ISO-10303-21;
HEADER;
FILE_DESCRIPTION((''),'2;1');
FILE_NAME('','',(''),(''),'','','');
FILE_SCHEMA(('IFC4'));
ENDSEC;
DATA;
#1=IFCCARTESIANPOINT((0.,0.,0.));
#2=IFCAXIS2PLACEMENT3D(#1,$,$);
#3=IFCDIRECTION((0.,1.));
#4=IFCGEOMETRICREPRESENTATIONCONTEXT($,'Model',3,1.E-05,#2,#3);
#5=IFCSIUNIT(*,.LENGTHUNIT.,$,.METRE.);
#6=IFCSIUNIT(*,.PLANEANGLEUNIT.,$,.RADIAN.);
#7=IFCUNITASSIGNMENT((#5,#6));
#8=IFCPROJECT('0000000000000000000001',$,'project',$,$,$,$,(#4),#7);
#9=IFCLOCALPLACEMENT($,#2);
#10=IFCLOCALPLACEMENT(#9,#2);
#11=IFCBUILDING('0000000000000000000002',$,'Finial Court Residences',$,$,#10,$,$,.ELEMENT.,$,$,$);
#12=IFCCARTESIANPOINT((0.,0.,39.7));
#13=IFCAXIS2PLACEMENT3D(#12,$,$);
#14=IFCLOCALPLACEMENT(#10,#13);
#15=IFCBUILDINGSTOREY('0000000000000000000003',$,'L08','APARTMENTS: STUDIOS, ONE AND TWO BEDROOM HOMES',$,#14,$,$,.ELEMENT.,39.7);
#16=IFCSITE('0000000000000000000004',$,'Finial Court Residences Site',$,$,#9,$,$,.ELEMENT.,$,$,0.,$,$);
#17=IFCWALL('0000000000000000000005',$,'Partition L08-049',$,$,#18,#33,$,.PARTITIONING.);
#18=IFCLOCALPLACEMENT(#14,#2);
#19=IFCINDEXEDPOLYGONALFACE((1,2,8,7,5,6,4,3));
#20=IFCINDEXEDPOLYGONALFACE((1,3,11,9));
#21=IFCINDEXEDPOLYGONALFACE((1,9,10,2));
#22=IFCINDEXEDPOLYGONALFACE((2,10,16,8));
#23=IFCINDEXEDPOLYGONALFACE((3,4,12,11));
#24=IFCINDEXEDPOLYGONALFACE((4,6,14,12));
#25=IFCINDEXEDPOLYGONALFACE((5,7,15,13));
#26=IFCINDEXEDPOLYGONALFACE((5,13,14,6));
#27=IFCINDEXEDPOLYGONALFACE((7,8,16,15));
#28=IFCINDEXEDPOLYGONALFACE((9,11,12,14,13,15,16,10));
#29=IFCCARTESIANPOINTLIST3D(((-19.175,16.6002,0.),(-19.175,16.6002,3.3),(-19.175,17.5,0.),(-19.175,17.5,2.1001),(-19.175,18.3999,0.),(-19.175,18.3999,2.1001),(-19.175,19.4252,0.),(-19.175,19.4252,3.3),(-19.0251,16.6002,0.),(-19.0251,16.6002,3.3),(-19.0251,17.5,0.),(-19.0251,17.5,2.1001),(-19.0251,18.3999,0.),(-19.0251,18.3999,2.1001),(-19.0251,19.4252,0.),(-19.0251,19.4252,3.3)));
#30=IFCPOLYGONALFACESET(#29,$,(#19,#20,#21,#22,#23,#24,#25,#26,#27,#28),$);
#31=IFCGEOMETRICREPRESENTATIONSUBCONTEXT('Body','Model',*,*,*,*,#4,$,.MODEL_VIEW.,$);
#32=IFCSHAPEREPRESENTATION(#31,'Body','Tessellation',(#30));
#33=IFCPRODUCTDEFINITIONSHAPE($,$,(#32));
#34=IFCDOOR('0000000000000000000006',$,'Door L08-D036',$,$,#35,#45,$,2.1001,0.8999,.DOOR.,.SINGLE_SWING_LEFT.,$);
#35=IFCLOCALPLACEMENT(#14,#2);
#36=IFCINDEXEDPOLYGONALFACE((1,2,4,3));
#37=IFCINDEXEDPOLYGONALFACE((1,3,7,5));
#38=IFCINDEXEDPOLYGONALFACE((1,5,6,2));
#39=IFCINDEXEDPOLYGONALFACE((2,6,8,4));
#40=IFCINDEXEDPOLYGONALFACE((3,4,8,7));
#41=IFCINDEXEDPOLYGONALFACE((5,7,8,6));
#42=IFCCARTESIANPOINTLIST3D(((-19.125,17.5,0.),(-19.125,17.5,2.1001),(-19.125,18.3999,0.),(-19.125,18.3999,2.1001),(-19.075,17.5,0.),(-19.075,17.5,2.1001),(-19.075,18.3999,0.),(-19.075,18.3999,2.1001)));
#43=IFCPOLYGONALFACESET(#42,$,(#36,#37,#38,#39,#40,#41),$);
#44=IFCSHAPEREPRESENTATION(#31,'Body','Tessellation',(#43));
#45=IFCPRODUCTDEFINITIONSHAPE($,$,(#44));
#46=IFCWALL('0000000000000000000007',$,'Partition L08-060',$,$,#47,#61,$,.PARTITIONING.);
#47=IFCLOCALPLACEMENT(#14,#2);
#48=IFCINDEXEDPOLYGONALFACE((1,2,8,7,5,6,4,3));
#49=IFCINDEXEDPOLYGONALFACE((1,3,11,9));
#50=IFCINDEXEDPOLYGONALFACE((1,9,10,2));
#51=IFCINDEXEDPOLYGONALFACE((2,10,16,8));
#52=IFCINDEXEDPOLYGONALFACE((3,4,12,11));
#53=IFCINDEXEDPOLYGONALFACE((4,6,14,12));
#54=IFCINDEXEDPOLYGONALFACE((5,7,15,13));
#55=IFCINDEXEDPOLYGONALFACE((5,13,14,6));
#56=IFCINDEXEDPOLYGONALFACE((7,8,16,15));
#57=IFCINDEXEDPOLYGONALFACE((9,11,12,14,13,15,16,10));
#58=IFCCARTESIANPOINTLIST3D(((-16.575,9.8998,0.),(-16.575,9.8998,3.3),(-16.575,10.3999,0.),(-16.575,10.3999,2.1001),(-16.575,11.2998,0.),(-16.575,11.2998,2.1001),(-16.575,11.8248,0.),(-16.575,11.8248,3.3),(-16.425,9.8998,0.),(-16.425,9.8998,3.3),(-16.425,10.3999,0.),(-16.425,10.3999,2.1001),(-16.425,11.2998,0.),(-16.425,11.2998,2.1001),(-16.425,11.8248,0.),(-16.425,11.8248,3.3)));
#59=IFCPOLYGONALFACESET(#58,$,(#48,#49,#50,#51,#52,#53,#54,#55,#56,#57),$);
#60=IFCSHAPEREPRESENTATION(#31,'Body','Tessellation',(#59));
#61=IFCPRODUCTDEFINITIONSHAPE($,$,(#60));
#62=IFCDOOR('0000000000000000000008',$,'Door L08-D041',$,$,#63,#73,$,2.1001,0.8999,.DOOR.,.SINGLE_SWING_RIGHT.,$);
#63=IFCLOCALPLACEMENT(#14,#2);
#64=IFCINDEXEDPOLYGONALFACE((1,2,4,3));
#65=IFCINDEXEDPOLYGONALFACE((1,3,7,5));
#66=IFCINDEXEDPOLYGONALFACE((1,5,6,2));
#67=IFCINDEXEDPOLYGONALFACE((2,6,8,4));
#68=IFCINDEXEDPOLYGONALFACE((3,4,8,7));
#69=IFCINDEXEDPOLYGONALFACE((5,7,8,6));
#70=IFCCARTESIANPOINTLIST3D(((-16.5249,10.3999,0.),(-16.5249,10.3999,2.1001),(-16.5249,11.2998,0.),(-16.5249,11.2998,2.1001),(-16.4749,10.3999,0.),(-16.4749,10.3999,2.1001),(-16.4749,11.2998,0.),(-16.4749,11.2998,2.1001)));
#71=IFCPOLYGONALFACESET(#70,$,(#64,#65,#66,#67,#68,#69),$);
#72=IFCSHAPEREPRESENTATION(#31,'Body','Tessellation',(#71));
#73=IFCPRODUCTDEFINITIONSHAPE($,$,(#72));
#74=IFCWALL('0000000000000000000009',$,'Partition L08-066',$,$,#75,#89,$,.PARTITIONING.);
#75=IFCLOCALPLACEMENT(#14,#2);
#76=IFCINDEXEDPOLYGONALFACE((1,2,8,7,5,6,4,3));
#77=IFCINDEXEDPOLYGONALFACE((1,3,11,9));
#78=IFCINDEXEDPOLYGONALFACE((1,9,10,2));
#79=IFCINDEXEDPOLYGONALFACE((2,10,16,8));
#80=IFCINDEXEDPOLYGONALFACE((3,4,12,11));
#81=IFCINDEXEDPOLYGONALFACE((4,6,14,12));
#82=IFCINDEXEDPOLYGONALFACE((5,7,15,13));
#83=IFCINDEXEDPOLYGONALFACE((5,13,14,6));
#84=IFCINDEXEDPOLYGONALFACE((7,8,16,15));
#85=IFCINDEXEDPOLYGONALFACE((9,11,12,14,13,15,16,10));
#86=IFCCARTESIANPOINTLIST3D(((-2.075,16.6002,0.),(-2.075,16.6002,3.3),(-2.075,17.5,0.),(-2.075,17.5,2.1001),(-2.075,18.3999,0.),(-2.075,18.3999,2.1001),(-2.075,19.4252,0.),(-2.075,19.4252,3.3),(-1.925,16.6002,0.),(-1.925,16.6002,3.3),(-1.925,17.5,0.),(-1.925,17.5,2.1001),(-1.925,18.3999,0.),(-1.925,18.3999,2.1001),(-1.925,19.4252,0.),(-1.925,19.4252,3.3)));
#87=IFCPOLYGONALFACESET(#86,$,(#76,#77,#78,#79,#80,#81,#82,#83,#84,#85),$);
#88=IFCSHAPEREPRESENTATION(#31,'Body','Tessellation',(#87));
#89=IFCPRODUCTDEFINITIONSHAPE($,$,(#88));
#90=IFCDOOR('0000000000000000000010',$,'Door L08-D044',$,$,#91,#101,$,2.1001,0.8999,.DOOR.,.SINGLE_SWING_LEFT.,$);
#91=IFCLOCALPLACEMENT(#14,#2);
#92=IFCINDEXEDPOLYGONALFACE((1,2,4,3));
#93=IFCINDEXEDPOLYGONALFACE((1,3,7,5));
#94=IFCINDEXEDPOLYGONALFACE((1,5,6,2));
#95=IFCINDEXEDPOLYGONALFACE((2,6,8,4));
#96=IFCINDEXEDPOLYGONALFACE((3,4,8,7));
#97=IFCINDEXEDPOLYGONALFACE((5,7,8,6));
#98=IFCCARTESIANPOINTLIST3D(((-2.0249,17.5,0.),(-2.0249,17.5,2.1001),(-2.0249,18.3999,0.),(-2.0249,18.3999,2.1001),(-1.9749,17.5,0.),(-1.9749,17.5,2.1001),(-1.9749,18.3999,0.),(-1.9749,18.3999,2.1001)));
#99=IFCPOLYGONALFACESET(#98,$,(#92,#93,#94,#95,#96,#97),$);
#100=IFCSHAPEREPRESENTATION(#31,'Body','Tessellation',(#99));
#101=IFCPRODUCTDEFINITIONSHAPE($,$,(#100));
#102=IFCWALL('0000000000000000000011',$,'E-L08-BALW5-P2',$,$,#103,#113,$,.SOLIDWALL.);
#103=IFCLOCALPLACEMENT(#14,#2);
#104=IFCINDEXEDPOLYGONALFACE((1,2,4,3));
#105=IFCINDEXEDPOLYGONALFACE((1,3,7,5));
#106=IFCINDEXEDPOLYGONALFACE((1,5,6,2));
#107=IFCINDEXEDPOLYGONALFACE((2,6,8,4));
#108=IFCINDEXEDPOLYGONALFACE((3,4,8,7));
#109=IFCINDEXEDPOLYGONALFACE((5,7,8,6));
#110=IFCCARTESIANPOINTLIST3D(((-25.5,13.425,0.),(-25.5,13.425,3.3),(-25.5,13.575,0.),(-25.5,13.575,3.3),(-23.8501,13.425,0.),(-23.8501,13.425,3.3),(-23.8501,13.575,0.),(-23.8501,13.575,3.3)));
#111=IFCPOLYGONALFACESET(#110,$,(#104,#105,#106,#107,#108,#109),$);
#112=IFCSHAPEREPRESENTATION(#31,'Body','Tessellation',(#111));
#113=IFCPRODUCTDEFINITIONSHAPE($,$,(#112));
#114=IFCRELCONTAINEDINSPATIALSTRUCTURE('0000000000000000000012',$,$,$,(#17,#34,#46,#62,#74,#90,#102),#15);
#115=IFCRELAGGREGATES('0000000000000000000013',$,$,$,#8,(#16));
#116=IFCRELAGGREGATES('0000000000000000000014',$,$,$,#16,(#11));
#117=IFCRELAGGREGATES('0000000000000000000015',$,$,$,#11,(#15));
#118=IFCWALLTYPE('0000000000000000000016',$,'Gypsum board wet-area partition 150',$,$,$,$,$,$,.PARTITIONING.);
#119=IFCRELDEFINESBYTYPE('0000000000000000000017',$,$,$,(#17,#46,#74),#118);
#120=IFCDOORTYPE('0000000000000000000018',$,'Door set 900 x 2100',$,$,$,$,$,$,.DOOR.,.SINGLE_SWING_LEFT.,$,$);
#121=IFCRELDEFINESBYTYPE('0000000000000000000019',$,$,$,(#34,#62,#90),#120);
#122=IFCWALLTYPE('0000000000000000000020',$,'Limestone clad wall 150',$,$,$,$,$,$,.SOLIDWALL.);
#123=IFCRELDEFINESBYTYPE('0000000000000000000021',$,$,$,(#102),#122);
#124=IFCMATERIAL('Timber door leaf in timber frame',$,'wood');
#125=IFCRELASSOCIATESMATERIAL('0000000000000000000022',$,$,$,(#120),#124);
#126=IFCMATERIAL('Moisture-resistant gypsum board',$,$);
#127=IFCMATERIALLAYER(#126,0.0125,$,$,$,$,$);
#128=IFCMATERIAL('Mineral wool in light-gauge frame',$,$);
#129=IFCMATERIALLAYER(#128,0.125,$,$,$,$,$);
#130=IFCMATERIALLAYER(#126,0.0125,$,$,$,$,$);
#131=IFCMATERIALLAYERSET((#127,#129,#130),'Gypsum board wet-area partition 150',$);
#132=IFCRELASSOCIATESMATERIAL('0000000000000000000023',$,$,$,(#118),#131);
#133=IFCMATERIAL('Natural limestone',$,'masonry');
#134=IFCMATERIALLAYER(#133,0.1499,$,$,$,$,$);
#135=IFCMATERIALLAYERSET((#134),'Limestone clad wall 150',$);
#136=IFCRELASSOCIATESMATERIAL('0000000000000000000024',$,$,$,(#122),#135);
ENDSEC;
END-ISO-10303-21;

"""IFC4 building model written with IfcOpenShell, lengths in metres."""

from ifc_helpers import new_model, si_unit, direction, frame, frame_2d, origin, place, context, subcontext, project, spatial, rectangle, extrude, material, layer, layer_set, type_object, element, fill, save


model = new_model("IFC4")

# Units and contexts
model_context = context("Model", 3, precision=1e-05, world=origin(), true_north=direction((0.0, 1.0)))
body_context = subcontext(model_context, "Body", "Model", "MODEL_VIEW")
ifc_project = project(units=[si_unit("LENGTHUNIT", "METRE"), si_unit("PLANEANGLEUNIT", "RADIAN")], contexts=[model_context])

# Site, building, storey
site_placement = place(None, origin())
site = spatial("IfcSite", under=ifc_project, at=site_placement, Name="Finial Court Residences Site", CompositionType="ELEMENT", RefElevation=0.0)
building_placement = place(site_placement, origin())
building = spatial("IfcBuilding", under=site, at=building_placement, Name="Finial Court Residences", CompositionType="ELEMENT")
storey_placement = place(building_placement, frame((0.0, 0.0, 39.7)))
storey = spatial("IfcBuildingStorey", under=building, at=storey_placement, Name="L08", Description="APARTMENTS: STUDIOS, ONE AND TWO BEDROOM HOMES", CompositionType="ELEMENT", Elevation=39.7)

# Shared definitions
ifc_material_1 = material(Name="Mineral wool in light-gauge frame")
ifc_material_2 = material(Name="Timber door leaf in timber frame", Category="wood")
door_type = type_object("IfcDoorType", Name="Door set 900 x 2100", OperationType="SINGLE_SWING_LEFT", PredefinedType="DOOR", material=ifc_material_2)

# Shared definitions
ifc_material_3 = material(Name="Moisture-resistant gypsum board")
ifc_layer_1 = layer(ifc_material_3, 0.0125)
ifc_layer_2 = layer(ifc_material_1, 0.125)
ifc_layer_3 = layer(ifc_material_3, 0.0125)
ifc_layer_set_1 = layer_set([ifc_layer_1, ifc_layer_2, ifc_layer_3], Name="Gypsum board wet-area partition 150")
wall_type_1 = type_object("IfcWallType", Name="Gypsum board wet-area partition 150", PredefinedType="PARTITIONING", material=ifc_layer_set_1)

# Walls, openings, doors
wall_1_placement = place(storey_placement, frame((-19.1001, 16.6001, 0.0), z_axis=(0.0, 0.0, 1.0), x_axis=(0.0, 1.0, 0.0)))
wall_1 = element("IfcWall", 1, at=wall_1_placement, inside=storey, type_object=wall_type_1, Name="Partition L08-049", PredefinedType="PARTITIONING", context=body_context, shape_type="SweptSolid", body=[
    extrude(rectangle(XDim=2.825, YDim=0.1499, at=frame_2d((1.4126, 0.0))), origin(), (0.0, 0.0, 1.0), 3.3),
])
opening_1_placement = place(wall_1_placement, frame((0.8999, 0.0, 0.0)))
opening_1 = element("IfcOpeningElement", 2, at=opening_1_placement, cuts=wall_1, PredefinedType="OPENING", context=body_context, shape_type="SweptSolid", body=[
    extrude(rectangle(XDim=0.8999, YDim=2.1001, at=frame_2d((0.45, 1.05))), frame((0.0, 0.085, 0.0), z_axis=(0.0, -1.0, 0.0), x_axis=(1.0, 0.0, 0.0)), (0.0, 0.0, 1.0), 0.1699),
])
door_1_placement = place(opening_1_placement, origin())
door_1 = element("IfcDoor", 3, at=door_1_placement, inside=storey, type_object=door_type, Name="Door L08-D036", OperationType="SINGLE_SWING_LEFT", OverallHeight=2.1001, OverallWidth=0.8999, PredefinedType="DOOR", context=body_context, shape_type="SweptSolid", body=[
    extrude(rectangle(XDim=0.8999, YDim=2.1001, at=frame_2d((0.45, 1.05))), frame((0.0, 0.0249, 0.0), z_axis=(0.0, -1.0, 0.0), x_axis=(1.0, 0.0, 0.0)), (0.0, 0.0, 1.0), 0.05),
])
fill(opening_1, door_1)
wall_2_placement = place(storey_placement, frame((-16.5, 9.8999, 0.0), z_axis=(0.0, 0.0, 1.0), x_axis=(0.0, 1.0, 0.0)))
wall_2 = element("IfcWall", 4, at=wall_2_placement, inside=storey, type_object=wall_type_1, Name="Partition L08-060", PredefinedType="PARTITIONING", context=body_context, shape_type="SweptSolid", body=[
    extrude(rectangle(XDim=1.925, YDim=0.1499, at=frame_2d((0.9624, 0.0))), origin(), (0.0, 0.0, 1.0), 3.3),
])
opening_2_placement = place(wall_2_placement, frame((0.5, 0.0, 0.0)))
opening_2 = element("IfcOpeningElement", 5, at=opening_2_placement, cuts=wall_2, PredefinedType="OPENING", context=body_context, shape_type="SweptSolid", body=[
    extrude(rectangle(XDim=0.8999, YDim=2.1001, at=frame_2d((0.45, 1.05))), frame((0.0, 0.085, 0.0), z_axis=(0.0, -1.0, 0.0), x_axis=(1.0, 0.0, 0.0)), (0.0, 0.0, 1.0), 0.1699),
])
door_2_placement = place(opening_2_placement, origin())
door_2 = element("IfcDoor", 6, at=door_2_placement, inside=storey, type_object=door_type, Name="Door L08-D041", OperationType="SINGLE_SWING_RIGHT", OverallHeight=2.1001, OverallWidth=0.8999, PredefinedType="DOOR", context=body_context, shape_type="SweptSolid", body=[
    extrude(rectangle(XDim=0.8999, YDim=2.1001, at=frame_2d((0.45, 1.05))), frame((0.0, 0.0249, 0.0), z_axis=(0.0, -1.0, 0.0), x_axis=(1.0, 0.0, 0.0)), (0.0, 0.0, 1.0), 0.05),
])
fill(opening_2, door_2)
wall_3_placement = place(storey_placement, frame((-2.0, 16.6001, 0.0), z_axis=(0.0, 0.0, 1.0), x_axis=(0.0, 1.0, 0.0)))
wall_3 = element("IfcWall", 7, at=wall_3_placement, inside=storey, type_object=wall_type_1, Name="Partition L08-066", PredefinedType="PARTITIONING", context=body_context, shape_type="SweptSolid", body=[
    extrude(rectangle(XDim=2.825, YDim=0.1499, at=frame_2d((1.4126, 0.0))), origin(), (0.0, 0.0, 1.0), 3.3),
])
opening_3_placement = place(wall_3_placement, frame((0.8999, 0.0, 0.0)))
opening_3 = element("IfcOpeningElement", 8, at=opening_3_placement, cuts=wall_3, PredefinedType="OPENING", context=body_context, shape_type="SweptSolid", body=[
    extrude(rectangle(XDim=0.8999, YDim=2.1001, at=frame_2d((0.45, 1.05))), frame((0.0, 0.085, 0.0), z_axis=(0.0, -1.0, 0.0), x_axis=(1.0, 0.0, 0.0)), (0.0, 0.0, 1.0), 0.1699),
])
door_3_placement = place(opening_3_placement, origin())
door_3 = element("IfcDoor", 9, at=door_3_placement, inside=storey, type_object=door_type, Name="Door L08-D044", OperationType="SINGLE_SWING_LEFT", OverallHeight=2.1001, OverallWidth=0.8999, PredefinedType="DOOR", context=body_context, shape_type="SweptSolid", body=[
    extrude(rectangle(XDim=0.8999, YDim=2.1001, at=frame_2d((0.45, 1.05))), frame((0.0, 0.0249, 0.0), z_axis=(0.0, -1.0, 0.0), x_axis=(1.0, 0.0, 0.0)), (0.0, 0.0, 1.0), 0.05),
])
fill(opening_3, door_3)

# Wall
ifc_material_4 = material(Name="Natural limestone", Category="masonry")
ifc_layer_4 = layer(ifc_material_4, 0.1499)
ifc_layer_set_2 = layer_set([ifc_layer_4], Name="Limestone clad wall 150")
wall_type_2 = type_object("IfcWallType", Name="Limestone clad wall 150", PredefinedType="SOLIDWALL", material=ifc_layer_set_2)
wall_4_placement = place(storey_placement, frame((-23.8501, 13.5, 0.0), z_axis=(0.0, 0.0, 1.0), x_axis=(-1.0, 0.0, 0.0)))
element("IfcWall", 10, at=wall_4_placement, inside=storey, type_object=wall_type_2, Name="E-L08-BALW5-P2", PredefinedType="SOLIDWALL", context=body_context, shape_type="SweptSolid", body=[
    extrude(rectangle(XDim=1.6499, YDim=0.1499, at=frame_2d((0.825, 0.0))), origin(), (0.0, 0.0, 1.0), 3.3),
])

save(model, "model.ifc")
